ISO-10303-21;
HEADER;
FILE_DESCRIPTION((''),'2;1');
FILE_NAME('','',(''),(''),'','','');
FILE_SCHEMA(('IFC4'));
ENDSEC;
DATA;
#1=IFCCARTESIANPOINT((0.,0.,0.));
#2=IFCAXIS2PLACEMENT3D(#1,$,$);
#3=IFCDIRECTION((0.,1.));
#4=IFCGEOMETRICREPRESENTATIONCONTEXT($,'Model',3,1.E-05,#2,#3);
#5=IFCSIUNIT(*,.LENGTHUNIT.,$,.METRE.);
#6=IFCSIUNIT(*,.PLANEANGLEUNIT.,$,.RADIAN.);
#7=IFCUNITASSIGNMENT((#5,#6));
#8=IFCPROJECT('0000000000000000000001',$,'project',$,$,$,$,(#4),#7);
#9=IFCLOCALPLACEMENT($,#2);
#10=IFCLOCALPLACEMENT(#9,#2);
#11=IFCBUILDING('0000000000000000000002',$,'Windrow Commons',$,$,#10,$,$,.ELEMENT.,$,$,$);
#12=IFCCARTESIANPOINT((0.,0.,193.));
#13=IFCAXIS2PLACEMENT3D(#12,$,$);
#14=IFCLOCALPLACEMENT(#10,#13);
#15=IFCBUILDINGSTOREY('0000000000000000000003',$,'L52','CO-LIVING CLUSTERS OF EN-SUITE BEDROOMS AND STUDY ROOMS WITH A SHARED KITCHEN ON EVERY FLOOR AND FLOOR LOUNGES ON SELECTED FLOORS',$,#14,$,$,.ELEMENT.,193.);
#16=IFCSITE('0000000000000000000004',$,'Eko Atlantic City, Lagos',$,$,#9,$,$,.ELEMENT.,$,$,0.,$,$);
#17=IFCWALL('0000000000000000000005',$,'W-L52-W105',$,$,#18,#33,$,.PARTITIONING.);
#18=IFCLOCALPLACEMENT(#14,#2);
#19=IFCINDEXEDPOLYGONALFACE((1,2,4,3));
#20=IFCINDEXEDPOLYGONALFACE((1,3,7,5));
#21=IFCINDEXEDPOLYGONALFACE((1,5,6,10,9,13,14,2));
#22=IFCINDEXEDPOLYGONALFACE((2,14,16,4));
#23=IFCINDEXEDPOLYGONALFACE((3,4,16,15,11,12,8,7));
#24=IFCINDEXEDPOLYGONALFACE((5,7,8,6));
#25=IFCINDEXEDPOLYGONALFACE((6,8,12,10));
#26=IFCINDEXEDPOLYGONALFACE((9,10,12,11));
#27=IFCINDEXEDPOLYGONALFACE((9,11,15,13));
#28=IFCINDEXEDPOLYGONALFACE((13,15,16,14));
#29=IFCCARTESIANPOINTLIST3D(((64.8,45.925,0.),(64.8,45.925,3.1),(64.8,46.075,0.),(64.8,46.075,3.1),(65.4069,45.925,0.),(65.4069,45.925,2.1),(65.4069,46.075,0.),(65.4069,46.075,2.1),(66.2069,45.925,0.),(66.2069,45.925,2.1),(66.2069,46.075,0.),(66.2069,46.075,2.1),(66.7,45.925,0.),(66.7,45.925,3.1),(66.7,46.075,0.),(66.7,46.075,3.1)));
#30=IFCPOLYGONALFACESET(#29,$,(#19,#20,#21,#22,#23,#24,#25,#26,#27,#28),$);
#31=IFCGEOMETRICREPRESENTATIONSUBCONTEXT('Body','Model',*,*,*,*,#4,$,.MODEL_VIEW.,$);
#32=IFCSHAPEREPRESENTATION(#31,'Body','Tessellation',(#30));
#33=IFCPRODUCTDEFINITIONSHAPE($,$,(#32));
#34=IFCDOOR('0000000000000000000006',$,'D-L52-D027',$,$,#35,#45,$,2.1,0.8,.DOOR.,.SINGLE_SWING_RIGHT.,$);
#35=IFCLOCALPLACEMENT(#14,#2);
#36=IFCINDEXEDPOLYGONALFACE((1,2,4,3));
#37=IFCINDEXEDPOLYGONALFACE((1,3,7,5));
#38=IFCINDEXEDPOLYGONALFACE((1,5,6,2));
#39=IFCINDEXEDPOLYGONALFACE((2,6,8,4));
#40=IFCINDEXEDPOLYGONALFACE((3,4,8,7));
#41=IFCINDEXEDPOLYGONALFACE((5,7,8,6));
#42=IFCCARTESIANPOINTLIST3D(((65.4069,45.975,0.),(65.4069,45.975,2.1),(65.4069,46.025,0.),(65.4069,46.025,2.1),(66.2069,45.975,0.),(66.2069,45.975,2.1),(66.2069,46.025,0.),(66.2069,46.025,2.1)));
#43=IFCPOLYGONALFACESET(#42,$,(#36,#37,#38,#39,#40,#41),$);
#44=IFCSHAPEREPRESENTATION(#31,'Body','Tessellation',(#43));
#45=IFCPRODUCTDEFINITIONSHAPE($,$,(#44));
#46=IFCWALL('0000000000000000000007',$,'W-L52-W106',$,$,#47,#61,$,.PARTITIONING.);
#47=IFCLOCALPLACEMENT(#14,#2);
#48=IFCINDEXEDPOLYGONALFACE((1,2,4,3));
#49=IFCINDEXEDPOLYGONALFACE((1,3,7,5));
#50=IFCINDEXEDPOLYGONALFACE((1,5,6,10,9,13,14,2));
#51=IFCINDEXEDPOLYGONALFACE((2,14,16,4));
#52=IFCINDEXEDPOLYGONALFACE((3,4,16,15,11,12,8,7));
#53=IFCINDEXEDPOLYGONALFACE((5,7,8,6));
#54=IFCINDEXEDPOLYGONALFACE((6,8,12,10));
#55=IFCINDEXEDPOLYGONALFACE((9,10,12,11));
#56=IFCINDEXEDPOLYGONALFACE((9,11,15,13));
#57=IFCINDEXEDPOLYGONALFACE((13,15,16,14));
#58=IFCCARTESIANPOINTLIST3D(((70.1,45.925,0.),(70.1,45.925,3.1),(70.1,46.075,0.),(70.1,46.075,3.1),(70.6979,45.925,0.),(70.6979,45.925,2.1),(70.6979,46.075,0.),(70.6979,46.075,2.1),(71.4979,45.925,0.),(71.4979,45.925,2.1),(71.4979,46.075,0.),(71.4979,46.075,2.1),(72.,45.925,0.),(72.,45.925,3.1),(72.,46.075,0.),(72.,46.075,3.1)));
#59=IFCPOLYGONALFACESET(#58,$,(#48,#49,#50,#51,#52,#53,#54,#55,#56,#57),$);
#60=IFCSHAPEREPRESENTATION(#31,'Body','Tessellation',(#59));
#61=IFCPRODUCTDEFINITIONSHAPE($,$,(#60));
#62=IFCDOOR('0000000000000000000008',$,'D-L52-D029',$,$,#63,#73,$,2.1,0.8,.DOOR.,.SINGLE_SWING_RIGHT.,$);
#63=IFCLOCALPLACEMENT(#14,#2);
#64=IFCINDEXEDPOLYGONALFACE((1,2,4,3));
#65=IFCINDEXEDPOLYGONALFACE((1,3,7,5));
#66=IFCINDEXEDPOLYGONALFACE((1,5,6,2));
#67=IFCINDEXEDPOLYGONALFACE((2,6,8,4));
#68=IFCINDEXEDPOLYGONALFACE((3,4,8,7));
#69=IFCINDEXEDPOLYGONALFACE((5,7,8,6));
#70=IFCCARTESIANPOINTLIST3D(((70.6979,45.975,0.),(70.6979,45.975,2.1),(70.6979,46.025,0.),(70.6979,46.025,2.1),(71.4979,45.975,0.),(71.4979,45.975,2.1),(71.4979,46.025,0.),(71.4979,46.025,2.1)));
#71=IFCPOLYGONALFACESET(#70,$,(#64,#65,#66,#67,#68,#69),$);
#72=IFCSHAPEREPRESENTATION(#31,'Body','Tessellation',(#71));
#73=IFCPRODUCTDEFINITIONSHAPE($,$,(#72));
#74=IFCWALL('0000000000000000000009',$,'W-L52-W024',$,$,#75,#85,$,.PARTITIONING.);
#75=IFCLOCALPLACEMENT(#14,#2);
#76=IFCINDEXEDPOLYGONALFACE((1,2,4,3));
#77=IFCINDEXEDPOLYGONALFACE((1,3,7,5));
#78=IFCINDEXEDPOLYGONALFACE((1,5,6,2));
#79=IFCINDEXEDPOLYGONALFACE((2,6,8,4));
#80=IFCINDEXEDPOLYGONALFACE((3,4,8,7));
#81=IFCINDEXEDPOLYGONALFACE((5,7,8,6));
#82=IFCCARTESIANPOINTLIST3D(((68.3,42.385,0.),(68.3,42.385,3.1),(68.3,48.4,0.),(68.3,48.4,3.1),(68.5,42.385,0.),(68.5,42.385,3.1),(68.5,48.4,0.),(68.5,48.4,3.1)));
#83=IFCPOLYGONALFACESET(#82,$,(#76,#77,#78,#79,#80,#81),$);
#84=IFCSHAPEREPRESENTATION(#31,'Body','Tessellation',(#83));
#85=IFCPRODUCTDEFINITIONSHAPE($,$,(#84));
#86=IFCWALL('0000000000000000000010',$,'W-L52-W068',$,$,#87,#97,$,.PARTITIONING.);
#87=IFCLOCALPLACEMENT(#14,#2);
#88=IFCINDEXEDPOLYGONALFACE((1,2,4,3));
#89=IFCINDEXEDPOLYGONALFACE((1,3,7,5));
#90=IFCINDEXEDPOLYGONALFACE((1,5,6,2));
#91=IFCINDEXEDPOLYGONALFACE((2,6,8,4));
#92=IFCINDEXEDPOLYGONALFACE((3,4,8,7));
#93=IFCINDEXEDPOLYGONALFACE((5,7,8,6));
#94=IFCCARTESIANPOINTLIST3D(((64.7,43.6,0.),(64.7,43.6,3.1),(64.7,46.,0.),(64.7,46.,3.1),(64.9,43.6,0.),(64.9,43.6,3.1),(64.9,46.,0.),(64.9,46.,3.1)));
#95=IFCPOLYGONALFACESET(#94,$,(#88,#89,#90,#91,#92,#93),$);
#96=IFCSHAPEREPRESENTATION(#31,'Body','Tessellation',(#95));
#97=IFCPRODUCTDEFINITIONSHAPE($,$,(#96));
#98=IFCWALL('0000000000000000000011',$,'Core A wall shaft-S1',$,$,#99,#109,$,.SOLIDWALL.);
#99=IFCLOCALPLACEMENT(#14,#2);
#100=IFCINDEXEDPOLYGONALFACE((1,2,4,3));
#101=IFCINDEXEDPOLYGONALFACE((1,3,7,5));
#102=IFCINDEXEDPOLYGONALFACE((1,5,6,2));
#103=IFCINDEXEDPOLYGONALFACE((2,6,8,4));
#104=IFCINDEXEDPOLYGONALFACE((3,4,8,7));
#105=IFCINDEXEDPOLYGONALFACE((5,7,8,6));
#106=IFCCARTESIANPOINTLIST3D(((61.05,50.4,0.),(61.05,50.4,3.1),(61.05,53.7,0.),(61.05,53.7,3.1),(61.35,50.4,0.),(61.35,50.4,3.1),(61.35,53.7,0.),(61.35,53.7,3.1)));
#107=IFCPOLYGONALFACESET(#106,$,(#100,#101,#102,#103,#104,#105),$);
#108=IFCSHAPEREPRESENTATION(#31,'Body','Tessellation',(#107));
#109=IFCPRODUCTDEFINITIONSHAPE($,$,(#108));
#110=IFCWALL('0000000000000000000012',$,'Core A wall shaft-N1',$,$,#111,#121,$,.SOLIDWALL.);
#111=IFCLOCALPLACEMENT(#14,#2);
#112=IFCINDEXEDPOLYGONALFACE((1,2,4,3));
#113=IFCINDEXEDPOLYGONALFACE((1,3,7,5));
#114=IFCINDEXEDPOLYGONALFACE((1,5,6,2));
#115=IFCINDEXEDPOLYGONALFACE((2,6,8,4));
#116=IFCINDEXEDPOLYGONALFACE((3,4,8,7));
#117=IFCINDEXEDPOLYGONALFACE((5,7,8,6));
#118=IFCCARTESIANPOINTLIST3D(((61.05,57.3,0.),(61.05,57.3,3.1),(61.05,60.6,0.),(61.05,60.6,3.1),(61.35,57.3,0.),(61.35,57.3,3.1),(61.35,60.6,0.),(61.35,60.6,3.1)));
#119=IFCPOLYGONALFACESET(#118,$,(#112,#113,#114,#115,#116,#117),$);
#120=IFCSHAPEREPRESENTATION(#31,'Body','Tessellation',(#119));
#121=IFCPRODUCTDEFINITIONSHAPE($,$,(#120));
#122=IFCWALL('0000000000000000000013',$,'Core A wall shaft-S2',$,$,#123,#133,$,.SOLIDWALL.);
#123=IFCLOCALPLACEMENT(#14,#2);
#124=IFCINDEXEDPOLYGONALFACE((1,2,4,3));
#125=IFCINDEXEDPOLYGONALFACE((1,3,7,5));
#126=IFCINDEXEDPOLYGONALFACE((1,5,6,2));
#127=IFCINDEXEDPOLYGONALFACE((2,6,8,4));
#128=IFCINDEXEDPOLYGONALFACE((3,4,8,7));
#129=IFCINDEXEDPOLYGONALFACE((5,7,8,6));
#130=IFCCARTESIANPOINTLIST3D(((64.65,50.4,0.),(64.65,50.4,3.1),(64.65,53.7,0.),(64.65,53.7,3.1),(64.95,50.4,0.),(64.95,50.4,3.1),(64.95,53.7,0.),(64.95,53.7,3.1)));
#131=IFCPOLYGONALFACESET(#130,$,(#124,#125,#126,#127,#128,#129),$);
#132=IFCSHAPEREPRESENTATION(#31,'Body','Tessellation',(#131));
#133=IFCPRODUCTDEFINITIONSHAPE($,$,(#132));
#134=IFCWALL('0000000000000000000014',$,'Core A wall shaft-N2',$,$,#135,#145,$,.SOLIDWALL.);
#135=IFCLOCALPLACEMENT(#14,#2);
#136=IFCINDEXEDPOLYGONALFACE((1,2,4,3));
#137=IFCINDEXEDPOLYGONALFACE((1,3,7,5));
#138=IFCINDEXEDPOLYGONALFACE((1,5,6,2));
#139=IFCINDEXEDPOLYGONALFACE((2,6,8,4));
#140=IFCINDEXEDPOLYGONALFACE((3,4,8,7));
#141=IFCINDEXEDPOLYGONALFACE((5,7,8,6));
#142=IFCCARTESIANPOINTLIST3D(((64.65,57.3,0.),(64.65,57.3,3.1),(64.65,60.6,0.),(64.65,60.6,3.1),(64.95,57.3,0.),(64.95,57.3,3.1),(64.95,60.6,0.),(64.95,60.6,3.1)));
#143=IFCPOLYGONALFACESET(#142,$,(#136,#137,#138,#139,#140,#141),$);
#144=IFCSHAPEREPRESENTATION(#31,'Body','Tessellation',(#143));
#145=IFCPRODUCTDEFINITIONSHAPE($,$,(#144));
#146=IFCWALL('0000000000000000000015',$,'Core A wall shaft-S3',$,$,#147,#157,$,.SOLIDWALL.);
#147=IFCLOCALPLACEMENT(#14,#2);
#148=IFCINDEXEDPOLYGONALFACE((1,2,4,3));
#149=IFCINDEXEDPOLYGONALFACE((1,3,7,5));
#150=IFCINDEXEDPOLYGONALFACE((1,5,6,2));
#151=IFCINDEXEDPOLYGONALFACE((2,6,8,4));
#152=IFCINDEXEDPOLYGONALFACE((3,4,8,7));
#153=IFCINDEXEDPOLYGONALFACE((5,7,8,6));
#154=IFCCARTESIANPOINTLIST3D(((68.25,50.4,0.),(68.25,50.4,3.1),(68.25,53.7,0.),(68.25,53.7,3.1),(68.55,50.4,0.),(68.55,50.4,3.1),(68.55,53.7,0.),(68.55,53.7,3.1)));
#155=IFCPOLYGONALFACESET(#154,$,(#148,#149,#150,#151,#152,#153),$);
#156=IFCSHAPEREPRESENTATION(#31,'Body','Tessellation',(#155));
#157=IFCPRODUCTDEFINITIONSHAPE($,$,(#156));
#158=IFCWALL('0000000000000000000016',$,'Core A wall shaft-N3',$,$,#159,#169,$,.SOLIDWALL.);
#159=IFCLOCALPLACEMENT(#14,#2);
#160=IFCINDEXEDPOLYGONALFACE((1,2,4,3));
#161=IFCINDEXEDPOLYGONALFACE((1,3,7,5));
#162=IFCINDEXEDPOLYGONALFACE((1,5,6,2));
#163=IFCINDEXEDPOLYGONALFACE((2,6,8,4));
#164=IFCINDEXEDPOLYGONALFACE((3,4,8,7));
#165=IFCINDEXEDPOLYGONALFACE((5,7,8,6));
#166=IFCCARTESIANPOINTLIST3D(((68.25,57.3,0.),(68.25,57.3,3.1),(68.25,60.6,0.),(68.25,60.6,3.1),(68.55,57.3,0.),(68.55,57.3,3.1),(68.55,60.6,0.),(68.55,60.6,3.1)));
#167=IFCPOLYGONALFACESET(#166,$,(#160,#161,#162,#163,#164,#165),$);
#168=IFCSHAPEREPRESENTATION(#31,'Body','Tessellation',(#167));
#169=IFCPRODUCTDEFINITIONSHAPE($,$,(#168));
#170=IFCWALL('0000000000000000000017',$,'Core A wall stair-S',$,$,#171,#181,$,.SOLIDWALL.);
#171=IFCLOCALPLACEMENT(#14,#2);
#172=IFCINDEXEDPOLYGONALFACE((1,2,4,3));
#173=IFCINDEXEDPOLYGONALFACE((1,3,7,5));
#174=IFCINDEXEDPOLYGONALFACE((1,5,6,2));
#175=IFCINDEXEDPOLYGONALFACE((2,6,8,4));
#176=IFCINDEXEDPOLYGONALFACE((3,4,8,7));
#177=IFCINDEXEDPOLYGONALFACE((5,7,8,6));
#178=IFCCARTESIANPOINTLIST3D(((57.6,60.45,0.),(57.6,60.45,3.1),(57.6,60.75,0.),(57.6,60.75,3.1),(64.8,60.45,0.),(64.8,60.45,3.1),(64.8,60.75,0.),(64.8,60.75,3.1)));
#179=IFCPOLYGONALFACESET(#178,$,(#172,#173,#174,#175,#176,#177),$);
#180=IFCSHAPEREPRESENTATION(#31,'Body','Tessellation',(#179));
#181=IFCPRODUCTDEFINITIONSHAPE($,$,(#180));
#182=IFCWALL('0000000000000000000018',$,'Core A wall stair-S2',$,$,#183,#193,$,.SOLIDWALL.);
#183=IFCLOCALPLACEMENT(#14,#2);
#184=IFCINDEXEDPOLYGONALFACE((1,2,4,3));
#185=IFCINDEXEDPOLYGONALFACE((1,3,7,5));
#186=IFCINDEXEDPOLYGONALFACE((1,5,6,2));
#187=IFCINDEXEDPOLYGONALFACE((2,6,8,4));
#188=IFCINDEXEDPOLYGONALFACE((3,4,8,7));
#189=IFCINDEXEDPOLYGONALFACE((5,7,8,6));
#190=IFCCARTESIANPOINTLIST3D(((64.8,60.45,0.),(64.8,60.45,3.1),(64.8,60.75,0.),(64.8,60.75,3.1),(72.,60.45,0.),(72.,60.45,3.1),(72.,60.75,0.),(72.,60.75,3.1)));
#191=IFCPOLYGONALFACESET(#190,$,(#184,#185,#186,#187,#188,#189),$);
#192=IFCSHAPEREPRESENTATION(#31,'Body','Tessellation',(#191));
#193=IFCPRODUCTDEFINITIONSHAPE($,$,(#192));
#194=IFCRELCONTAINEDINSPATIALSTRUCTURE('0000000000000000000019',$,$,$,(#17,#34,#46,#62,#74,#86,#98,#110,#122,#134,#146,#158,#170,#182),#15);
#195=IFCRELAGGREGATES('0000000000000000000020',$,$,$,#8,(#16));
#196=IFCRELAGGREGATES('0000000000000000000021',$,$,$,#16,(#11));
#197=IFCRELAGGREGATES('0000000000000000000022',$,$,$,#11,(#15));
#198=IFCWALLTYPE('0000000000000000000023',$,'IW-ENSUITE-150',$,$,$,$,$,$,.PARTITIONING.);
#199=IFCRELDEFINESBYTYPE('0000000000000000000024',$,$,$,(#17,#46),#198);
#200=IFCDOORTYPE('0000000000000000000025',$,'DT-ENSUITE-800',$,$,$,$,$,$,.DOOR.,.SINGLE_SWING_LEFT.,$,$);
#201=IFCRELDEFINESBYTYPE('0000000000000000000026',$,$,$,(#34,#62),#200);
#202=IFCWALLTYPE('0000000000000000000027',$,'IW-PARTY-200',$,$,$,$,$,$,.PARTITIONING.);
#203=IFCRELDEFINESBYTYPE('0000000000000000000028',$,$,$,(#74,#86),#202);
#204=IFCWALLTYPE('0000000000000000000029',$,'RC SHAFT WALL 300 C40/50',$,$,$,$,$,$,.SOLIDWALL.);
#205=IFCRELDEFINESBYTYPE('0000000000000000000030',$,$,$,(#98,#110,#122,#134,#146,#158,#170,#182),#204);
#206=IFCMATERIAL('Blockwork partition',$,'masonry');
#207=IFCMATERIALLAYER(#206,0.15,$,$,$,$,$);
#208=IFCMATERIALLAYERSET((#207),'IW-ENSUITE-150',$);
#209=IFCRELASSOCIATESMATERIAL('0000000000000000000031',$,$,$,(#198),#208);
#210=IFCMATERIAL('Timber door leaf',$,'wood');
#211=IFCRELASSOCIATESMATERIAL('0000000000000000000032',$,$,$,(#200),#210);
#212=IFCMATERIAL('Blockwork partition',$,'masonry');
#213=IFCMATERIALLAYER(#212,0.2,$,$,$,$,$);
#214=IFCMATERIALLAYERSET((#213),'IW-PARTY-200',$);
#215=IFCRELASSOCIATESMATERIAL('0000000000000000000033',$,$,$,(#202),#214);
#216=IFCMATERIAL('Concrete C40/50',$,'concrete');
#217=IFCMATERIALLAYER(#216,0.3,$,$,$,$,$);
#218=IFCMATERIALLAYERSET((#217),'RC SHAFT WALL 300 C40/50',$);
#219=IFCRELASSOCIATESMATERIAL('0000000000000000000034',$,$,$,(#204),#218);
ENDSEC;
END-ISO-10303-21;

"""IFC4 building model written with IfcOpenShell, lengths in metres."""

from ifc_helpers import new_model, si_unit, direction, frame, frame_2d, origin, place, context, subcontext, project, spatial, rectangle, extrude, material, layer, layer_set, type_object, element, fill, save


model = new_model("IFC4")

# Units and contexts
model_context = context("Model", 3, precision=1e-05, world=origin(), true_north=direction((0.0, 1.0)))
body_context = subcontext(model_context, "Body", "Model", "MODEL_VIEW")
ifc_project = project(units=[si_unit("LENGTHUNIT", "METRE"), si_unit("PLANEANGLEUNIT", "RADIAN")], contexts=[model_context])

# Site, building, storey
site_placement = place(None, origin())
site = spatial("IfcSite", under=ifc_project, at=site_placement, Name="Eko Atlantic City, Lagos", CompositionType="ELEMENT", RefElevation=0.0)
building_placement = place(site_placement, origin())
building = spatial("IfcBuilding", under=site, at=building_placement, Name="Windrow Commons", CompositionType="ELEMENT")
storey_placement = place(building_placement, frame((0.0, 0.0, 193.0)))
storey = spatial("IfcBuildingStorey", under=building, at=storey_placement, Name="L52", Description="CO-LIVING CLUSTERS OF EN-SUITE BEDROOMS AND STUDY ROOMS WITH A SHARED KITCHEN ON EVERY FLOOR AND FLOOR LOUNGES ON SELECTED FLOORS", CompositionType="ELEMENT", Elevation=193.0)

# Shared definitions
ifc_material_1 = material(Name="Blockwork partition", Category="masonry")
ifc_layer_1 = layer(ifc_material_1, 0.15)
ifc_layer_set_1 = layer_set([ifc_layer_1], Name="IW-ENSUITE-150")
wall_type_1 = type_object("IfcWallType", Name="IW-ENSUITE-150", PredefinedType="PARTITIONING", material=ifc_layer_set_1)

# Walls, openings, doors
wall_1_placement = place(storey_placement, frame((64.8, 46.0, 0.0), z_axis=(0.0, 0.0, 1.0), x_axis=(1.0, 0.0, 0.0)))
wall_1 = element("IfcWall", 1, at=wall_1_placement, inside=storey, type_object=wall_type_1, Name="W-L52-W105", PredefinedType="PARTITIONING", context=body_context, shape_type="SweptSolid", body=[
    extrude(rectangle(XDim=1.9, YDim=0.15, at=frame_2d((0.95, 0.0))), origin(), (0.0, 0.0, 1.0), 3.1),
])
opening_1_placement = place(wall_1_placement, frame((0.6069, 0.0, 0.0)))
opening_1 = element("IfcOpeningElement", 2, at=opening_1_placement, cuts=wall_1, PredefinedType="OPENING", context=body_context, shape_type="SweptSolid", body=[
    extrude(rectangle(XDim=0.8, YDim=2.1, at=frame_2d((0.4, 1.05))), frame((0.0, 0.085, 0.0), z_axis=(0.0, -1.0, 0.0), x_axis=(1.0, 0.0, 0.0)), (0.0, 0.0, 1.0), 0.17),
])
ifc_material_2 = material(Name="Timber door leaf", Category="wood")
door_type = type_object("IfcDoorType", Name="DT-ENSUITE-800", OperationType="SINGLE_SWING_LEFT", PredefinedType="DOOR", material=ifc_material_2)
door_1_placement = place(opening_1_placement, origin())
door_1 = element("IfcDoor", 3, at=door_1_placement, inside=storey, type_object=door_type, Name="D-L52-D027", OperationType="SINGLE_SWING_RIGHT", OverallHeight=2.1, OverallWidth=0.8, PredefinedType="DOOR", context=body_context, shape_type="SweptSolid", body=[
    extrude(rectangle(XDim=0.8, YDim=2.1, at=frame_2d((0.4, 1.05))), frame((0.0, 0.025, 0.0), z_axis=(0.0, -1.0, 0.0), x_axis=(1.0, 0.0, 0.0)), (0.0, 0.0, 1.0), 0.05),
])
fill(opening_1, door_1)
wall_2_placement = place(storey_placement, frame((70.1, 46.0, 0.0), z_axis=(0.0, 0.0, 1.0), x_axis=(1.0, 0.0, 0.0)))
wall_2 = element("IfcWall", 4, at=wall_2_placement, inside=storey, type_object=wall_type_1, Name="W-L52-W106", PredefinedType="PARTITIONING", context=body_context, shape_type="SweptSolid", body=[
    extrude(rectangle(XDim=1.9, YDim=0.15, at=frame_2d((0.95, 0.0))), origin(), (0.0, 0.0, 1.0), 3.1),
])
opening_2_placement = place(wall_2_placement, frame((0.5979, 0.0, 0.0)))
opening_2 = element("IfcOpeningElement", 5, at=opening_2_placement, cuts=wall_2, PredefinedType="OPENING", context=body_context, shape_type="SweptSolid", body=[
    extrude(rectangle(XDim=0.8, YDim=2.1, at=frame_2d((0.4, 1.05))), frame((0.0, 0.085, 0.0), z_axis=(0.0, -1.0, 0.0), x_axis=(1.0, 0.0, 0.0)), (0.0, 0.0, 1.0), 0.17),
])
door_2_placement = place(opening_2_placement, origin())
door_2 = element("IfcDoor", 6, at=door_2_placement, inside=storey, type_object=door_type, Name="D-L52-D029", OperationType="SINGLE_SWING_RIGHT", OverallHeight=2.1, OverallWidth=0.8, PredefinedType="DOOR", context=body_context, shape_type="SweptSolid", body=[
    extrude(rectangle(XDim=0.8, YDim=2.1, at=frame_2d((0.4, 1.05))), frame((0.0, 0.025, 0.0), z_axis=(0.0, -1.0, 0.0), x_axis=(1.0, 0.0, 0.0)), (0.0, 0.0, 1.0), 0.05),
])
fill(opening_2, door_2)

# Walls
ifc_material_3 = material(Name="Blockwork partition", Category="masonry")
ifc_layer_2 = layer(ifc_material_3, 0.2)
ifc_layer_set_2 = layer_set([ifc_layer_2], Name="IW-PARTY-200")
wall_type_2 = type_object("IfcWallType", Name="IW-PARTY-200", PredefinedType="PARTITIONING", material=ifc_layer_set_2)
wall_3_placement = place(storey_placement, frame((68.4, 42.3851, 0.0), z_axis=(0.0, 0.0, 1.0), x_axis=(0.0, 1.0, 0.0)))
element("IfcWall", 7, at=wall_3_placement, inside=storey, type_object=wall_type_2, Name="W-L52-W024", PredefinedType="PARTITIONING", context=body_context, shape_type="SweptSolid", body=[
    extrude(rectangle(XDim=6.0149, YDim=0.2, at=frame_2d((3.0074, 0.0))), origin(), (0.0, 0.0, 1.0), 3.1),
])
wall_4_placement = place(storey_placement, frame((64.8, 43.6, 0.0), z_axis=(0.0, 0.0, 1.0), x_axis=(0.0, 1.0, 0.0)))
element("IfcWall", 8, at=wall_4_placement, inside=storey, type_object=wall_type_2, Name="W-L52-W068", PredefinedType="PARTITIONING", context=body_context, shape_type="SweptSolid", body=[
    extrude(rectangle(XDim=2.4, YDim=0.2, at=frame_2d((1.2, 0.0))), origin(), (0.0, 0.0, 1.0), 3.1),
])
ifc_material_4 = material(Name="Concrete C40/50", Category="concrete")
ifc_layer_3 = layer(ifc_material_4, 0.3)
ifc_layer_set_3 = layer_set([ifc_layer_3], Name="RC SHAFT WALL 300 C40/50")
wall_type_3 = type_object("IfcWallType", Name="RC SHAFT WALL 300 C40/50", PredefinedType="SOLIDWALL", material=ifc_layer_set_3)
for number, where, z_axis, x_axis, name in (
    (9, (61.2, 50.4, 0.0), (0.0, 0.0, 1.0), (0.0, 1.0, 0.0), "Core A wall shaft-S1"),
    (10, (61.2, 57.3, 0.0), (0.0, 0.0, 1.0), (0.0, 1.0, 0.0), "Core A wall shaft-N1"),
    (11, (64.8, 50.4, 0.0), (0.0, 0.0, 1.0), (0.0, 1.0, 0.0), "Core A wall shaft-S2"),
    (12, (64.8, 57.3, 0.0), (0.0, 0.0, 1.0), (0.0, 1.0, 0.0), "Core A wall shaft-N2"),
    (13, (68.4, 50.4, 0.0), (0.0, 0.0, 1.0), (0.0, 1.0, 0.0), "Core A wall shaft-S3"),
    (14, (68.4, 57.3, 0.0), (0.0, 0.0, 1.0), (0.0, 1.0, 0.0), "Core A wall shaft-N3"),
):
    element("IfcWall", number, at=place(storey_placement, frame(where, z_axis=z_axis, x_axis=x_axis)), inside=storey, type_object=wall_type_3, Name=name, PredefinedType="SOLIDWALL", context=body_context, shape_type="SweptSolid", body=[
        extrude(rectangle(XDim=3.3, YDim=0.3, at=frame_2d((1.65, 0.0))), origin(), (0.0, 0.0, 1.0), 3.1),
    ])
for number, where, z_axis, x_axis, name in (
    (15, (57.6, 60.6, 0.0), (0.0, 0.0, 1.0), (1.0, 0.0, 0.0), "Core A wall stair-S"),
    (16, (64.8, 60.6, 0.0), (0.0, 0.0, 1.0), (1.0, 0.0, 0.0), "Core A wall stair-S2"),
):
    element("IfcWall", number, at=place(storey_placement, frame(where, z_axis=z_axis, x_axis=x_axis)), inside=storey, type_object=wall_type_3, Name=name, PredefinedType="SOLIDWALL", context=body_context, shape_type="SweptSolid", body=[
        extrude(rectangle(XDim=7.2, YDim=0.3, at=frame_2d((3.6, 0.0))), origin(), (0.0, 0.0, 1.0), 3.1),
    ])

save(model, "model.ifc")
